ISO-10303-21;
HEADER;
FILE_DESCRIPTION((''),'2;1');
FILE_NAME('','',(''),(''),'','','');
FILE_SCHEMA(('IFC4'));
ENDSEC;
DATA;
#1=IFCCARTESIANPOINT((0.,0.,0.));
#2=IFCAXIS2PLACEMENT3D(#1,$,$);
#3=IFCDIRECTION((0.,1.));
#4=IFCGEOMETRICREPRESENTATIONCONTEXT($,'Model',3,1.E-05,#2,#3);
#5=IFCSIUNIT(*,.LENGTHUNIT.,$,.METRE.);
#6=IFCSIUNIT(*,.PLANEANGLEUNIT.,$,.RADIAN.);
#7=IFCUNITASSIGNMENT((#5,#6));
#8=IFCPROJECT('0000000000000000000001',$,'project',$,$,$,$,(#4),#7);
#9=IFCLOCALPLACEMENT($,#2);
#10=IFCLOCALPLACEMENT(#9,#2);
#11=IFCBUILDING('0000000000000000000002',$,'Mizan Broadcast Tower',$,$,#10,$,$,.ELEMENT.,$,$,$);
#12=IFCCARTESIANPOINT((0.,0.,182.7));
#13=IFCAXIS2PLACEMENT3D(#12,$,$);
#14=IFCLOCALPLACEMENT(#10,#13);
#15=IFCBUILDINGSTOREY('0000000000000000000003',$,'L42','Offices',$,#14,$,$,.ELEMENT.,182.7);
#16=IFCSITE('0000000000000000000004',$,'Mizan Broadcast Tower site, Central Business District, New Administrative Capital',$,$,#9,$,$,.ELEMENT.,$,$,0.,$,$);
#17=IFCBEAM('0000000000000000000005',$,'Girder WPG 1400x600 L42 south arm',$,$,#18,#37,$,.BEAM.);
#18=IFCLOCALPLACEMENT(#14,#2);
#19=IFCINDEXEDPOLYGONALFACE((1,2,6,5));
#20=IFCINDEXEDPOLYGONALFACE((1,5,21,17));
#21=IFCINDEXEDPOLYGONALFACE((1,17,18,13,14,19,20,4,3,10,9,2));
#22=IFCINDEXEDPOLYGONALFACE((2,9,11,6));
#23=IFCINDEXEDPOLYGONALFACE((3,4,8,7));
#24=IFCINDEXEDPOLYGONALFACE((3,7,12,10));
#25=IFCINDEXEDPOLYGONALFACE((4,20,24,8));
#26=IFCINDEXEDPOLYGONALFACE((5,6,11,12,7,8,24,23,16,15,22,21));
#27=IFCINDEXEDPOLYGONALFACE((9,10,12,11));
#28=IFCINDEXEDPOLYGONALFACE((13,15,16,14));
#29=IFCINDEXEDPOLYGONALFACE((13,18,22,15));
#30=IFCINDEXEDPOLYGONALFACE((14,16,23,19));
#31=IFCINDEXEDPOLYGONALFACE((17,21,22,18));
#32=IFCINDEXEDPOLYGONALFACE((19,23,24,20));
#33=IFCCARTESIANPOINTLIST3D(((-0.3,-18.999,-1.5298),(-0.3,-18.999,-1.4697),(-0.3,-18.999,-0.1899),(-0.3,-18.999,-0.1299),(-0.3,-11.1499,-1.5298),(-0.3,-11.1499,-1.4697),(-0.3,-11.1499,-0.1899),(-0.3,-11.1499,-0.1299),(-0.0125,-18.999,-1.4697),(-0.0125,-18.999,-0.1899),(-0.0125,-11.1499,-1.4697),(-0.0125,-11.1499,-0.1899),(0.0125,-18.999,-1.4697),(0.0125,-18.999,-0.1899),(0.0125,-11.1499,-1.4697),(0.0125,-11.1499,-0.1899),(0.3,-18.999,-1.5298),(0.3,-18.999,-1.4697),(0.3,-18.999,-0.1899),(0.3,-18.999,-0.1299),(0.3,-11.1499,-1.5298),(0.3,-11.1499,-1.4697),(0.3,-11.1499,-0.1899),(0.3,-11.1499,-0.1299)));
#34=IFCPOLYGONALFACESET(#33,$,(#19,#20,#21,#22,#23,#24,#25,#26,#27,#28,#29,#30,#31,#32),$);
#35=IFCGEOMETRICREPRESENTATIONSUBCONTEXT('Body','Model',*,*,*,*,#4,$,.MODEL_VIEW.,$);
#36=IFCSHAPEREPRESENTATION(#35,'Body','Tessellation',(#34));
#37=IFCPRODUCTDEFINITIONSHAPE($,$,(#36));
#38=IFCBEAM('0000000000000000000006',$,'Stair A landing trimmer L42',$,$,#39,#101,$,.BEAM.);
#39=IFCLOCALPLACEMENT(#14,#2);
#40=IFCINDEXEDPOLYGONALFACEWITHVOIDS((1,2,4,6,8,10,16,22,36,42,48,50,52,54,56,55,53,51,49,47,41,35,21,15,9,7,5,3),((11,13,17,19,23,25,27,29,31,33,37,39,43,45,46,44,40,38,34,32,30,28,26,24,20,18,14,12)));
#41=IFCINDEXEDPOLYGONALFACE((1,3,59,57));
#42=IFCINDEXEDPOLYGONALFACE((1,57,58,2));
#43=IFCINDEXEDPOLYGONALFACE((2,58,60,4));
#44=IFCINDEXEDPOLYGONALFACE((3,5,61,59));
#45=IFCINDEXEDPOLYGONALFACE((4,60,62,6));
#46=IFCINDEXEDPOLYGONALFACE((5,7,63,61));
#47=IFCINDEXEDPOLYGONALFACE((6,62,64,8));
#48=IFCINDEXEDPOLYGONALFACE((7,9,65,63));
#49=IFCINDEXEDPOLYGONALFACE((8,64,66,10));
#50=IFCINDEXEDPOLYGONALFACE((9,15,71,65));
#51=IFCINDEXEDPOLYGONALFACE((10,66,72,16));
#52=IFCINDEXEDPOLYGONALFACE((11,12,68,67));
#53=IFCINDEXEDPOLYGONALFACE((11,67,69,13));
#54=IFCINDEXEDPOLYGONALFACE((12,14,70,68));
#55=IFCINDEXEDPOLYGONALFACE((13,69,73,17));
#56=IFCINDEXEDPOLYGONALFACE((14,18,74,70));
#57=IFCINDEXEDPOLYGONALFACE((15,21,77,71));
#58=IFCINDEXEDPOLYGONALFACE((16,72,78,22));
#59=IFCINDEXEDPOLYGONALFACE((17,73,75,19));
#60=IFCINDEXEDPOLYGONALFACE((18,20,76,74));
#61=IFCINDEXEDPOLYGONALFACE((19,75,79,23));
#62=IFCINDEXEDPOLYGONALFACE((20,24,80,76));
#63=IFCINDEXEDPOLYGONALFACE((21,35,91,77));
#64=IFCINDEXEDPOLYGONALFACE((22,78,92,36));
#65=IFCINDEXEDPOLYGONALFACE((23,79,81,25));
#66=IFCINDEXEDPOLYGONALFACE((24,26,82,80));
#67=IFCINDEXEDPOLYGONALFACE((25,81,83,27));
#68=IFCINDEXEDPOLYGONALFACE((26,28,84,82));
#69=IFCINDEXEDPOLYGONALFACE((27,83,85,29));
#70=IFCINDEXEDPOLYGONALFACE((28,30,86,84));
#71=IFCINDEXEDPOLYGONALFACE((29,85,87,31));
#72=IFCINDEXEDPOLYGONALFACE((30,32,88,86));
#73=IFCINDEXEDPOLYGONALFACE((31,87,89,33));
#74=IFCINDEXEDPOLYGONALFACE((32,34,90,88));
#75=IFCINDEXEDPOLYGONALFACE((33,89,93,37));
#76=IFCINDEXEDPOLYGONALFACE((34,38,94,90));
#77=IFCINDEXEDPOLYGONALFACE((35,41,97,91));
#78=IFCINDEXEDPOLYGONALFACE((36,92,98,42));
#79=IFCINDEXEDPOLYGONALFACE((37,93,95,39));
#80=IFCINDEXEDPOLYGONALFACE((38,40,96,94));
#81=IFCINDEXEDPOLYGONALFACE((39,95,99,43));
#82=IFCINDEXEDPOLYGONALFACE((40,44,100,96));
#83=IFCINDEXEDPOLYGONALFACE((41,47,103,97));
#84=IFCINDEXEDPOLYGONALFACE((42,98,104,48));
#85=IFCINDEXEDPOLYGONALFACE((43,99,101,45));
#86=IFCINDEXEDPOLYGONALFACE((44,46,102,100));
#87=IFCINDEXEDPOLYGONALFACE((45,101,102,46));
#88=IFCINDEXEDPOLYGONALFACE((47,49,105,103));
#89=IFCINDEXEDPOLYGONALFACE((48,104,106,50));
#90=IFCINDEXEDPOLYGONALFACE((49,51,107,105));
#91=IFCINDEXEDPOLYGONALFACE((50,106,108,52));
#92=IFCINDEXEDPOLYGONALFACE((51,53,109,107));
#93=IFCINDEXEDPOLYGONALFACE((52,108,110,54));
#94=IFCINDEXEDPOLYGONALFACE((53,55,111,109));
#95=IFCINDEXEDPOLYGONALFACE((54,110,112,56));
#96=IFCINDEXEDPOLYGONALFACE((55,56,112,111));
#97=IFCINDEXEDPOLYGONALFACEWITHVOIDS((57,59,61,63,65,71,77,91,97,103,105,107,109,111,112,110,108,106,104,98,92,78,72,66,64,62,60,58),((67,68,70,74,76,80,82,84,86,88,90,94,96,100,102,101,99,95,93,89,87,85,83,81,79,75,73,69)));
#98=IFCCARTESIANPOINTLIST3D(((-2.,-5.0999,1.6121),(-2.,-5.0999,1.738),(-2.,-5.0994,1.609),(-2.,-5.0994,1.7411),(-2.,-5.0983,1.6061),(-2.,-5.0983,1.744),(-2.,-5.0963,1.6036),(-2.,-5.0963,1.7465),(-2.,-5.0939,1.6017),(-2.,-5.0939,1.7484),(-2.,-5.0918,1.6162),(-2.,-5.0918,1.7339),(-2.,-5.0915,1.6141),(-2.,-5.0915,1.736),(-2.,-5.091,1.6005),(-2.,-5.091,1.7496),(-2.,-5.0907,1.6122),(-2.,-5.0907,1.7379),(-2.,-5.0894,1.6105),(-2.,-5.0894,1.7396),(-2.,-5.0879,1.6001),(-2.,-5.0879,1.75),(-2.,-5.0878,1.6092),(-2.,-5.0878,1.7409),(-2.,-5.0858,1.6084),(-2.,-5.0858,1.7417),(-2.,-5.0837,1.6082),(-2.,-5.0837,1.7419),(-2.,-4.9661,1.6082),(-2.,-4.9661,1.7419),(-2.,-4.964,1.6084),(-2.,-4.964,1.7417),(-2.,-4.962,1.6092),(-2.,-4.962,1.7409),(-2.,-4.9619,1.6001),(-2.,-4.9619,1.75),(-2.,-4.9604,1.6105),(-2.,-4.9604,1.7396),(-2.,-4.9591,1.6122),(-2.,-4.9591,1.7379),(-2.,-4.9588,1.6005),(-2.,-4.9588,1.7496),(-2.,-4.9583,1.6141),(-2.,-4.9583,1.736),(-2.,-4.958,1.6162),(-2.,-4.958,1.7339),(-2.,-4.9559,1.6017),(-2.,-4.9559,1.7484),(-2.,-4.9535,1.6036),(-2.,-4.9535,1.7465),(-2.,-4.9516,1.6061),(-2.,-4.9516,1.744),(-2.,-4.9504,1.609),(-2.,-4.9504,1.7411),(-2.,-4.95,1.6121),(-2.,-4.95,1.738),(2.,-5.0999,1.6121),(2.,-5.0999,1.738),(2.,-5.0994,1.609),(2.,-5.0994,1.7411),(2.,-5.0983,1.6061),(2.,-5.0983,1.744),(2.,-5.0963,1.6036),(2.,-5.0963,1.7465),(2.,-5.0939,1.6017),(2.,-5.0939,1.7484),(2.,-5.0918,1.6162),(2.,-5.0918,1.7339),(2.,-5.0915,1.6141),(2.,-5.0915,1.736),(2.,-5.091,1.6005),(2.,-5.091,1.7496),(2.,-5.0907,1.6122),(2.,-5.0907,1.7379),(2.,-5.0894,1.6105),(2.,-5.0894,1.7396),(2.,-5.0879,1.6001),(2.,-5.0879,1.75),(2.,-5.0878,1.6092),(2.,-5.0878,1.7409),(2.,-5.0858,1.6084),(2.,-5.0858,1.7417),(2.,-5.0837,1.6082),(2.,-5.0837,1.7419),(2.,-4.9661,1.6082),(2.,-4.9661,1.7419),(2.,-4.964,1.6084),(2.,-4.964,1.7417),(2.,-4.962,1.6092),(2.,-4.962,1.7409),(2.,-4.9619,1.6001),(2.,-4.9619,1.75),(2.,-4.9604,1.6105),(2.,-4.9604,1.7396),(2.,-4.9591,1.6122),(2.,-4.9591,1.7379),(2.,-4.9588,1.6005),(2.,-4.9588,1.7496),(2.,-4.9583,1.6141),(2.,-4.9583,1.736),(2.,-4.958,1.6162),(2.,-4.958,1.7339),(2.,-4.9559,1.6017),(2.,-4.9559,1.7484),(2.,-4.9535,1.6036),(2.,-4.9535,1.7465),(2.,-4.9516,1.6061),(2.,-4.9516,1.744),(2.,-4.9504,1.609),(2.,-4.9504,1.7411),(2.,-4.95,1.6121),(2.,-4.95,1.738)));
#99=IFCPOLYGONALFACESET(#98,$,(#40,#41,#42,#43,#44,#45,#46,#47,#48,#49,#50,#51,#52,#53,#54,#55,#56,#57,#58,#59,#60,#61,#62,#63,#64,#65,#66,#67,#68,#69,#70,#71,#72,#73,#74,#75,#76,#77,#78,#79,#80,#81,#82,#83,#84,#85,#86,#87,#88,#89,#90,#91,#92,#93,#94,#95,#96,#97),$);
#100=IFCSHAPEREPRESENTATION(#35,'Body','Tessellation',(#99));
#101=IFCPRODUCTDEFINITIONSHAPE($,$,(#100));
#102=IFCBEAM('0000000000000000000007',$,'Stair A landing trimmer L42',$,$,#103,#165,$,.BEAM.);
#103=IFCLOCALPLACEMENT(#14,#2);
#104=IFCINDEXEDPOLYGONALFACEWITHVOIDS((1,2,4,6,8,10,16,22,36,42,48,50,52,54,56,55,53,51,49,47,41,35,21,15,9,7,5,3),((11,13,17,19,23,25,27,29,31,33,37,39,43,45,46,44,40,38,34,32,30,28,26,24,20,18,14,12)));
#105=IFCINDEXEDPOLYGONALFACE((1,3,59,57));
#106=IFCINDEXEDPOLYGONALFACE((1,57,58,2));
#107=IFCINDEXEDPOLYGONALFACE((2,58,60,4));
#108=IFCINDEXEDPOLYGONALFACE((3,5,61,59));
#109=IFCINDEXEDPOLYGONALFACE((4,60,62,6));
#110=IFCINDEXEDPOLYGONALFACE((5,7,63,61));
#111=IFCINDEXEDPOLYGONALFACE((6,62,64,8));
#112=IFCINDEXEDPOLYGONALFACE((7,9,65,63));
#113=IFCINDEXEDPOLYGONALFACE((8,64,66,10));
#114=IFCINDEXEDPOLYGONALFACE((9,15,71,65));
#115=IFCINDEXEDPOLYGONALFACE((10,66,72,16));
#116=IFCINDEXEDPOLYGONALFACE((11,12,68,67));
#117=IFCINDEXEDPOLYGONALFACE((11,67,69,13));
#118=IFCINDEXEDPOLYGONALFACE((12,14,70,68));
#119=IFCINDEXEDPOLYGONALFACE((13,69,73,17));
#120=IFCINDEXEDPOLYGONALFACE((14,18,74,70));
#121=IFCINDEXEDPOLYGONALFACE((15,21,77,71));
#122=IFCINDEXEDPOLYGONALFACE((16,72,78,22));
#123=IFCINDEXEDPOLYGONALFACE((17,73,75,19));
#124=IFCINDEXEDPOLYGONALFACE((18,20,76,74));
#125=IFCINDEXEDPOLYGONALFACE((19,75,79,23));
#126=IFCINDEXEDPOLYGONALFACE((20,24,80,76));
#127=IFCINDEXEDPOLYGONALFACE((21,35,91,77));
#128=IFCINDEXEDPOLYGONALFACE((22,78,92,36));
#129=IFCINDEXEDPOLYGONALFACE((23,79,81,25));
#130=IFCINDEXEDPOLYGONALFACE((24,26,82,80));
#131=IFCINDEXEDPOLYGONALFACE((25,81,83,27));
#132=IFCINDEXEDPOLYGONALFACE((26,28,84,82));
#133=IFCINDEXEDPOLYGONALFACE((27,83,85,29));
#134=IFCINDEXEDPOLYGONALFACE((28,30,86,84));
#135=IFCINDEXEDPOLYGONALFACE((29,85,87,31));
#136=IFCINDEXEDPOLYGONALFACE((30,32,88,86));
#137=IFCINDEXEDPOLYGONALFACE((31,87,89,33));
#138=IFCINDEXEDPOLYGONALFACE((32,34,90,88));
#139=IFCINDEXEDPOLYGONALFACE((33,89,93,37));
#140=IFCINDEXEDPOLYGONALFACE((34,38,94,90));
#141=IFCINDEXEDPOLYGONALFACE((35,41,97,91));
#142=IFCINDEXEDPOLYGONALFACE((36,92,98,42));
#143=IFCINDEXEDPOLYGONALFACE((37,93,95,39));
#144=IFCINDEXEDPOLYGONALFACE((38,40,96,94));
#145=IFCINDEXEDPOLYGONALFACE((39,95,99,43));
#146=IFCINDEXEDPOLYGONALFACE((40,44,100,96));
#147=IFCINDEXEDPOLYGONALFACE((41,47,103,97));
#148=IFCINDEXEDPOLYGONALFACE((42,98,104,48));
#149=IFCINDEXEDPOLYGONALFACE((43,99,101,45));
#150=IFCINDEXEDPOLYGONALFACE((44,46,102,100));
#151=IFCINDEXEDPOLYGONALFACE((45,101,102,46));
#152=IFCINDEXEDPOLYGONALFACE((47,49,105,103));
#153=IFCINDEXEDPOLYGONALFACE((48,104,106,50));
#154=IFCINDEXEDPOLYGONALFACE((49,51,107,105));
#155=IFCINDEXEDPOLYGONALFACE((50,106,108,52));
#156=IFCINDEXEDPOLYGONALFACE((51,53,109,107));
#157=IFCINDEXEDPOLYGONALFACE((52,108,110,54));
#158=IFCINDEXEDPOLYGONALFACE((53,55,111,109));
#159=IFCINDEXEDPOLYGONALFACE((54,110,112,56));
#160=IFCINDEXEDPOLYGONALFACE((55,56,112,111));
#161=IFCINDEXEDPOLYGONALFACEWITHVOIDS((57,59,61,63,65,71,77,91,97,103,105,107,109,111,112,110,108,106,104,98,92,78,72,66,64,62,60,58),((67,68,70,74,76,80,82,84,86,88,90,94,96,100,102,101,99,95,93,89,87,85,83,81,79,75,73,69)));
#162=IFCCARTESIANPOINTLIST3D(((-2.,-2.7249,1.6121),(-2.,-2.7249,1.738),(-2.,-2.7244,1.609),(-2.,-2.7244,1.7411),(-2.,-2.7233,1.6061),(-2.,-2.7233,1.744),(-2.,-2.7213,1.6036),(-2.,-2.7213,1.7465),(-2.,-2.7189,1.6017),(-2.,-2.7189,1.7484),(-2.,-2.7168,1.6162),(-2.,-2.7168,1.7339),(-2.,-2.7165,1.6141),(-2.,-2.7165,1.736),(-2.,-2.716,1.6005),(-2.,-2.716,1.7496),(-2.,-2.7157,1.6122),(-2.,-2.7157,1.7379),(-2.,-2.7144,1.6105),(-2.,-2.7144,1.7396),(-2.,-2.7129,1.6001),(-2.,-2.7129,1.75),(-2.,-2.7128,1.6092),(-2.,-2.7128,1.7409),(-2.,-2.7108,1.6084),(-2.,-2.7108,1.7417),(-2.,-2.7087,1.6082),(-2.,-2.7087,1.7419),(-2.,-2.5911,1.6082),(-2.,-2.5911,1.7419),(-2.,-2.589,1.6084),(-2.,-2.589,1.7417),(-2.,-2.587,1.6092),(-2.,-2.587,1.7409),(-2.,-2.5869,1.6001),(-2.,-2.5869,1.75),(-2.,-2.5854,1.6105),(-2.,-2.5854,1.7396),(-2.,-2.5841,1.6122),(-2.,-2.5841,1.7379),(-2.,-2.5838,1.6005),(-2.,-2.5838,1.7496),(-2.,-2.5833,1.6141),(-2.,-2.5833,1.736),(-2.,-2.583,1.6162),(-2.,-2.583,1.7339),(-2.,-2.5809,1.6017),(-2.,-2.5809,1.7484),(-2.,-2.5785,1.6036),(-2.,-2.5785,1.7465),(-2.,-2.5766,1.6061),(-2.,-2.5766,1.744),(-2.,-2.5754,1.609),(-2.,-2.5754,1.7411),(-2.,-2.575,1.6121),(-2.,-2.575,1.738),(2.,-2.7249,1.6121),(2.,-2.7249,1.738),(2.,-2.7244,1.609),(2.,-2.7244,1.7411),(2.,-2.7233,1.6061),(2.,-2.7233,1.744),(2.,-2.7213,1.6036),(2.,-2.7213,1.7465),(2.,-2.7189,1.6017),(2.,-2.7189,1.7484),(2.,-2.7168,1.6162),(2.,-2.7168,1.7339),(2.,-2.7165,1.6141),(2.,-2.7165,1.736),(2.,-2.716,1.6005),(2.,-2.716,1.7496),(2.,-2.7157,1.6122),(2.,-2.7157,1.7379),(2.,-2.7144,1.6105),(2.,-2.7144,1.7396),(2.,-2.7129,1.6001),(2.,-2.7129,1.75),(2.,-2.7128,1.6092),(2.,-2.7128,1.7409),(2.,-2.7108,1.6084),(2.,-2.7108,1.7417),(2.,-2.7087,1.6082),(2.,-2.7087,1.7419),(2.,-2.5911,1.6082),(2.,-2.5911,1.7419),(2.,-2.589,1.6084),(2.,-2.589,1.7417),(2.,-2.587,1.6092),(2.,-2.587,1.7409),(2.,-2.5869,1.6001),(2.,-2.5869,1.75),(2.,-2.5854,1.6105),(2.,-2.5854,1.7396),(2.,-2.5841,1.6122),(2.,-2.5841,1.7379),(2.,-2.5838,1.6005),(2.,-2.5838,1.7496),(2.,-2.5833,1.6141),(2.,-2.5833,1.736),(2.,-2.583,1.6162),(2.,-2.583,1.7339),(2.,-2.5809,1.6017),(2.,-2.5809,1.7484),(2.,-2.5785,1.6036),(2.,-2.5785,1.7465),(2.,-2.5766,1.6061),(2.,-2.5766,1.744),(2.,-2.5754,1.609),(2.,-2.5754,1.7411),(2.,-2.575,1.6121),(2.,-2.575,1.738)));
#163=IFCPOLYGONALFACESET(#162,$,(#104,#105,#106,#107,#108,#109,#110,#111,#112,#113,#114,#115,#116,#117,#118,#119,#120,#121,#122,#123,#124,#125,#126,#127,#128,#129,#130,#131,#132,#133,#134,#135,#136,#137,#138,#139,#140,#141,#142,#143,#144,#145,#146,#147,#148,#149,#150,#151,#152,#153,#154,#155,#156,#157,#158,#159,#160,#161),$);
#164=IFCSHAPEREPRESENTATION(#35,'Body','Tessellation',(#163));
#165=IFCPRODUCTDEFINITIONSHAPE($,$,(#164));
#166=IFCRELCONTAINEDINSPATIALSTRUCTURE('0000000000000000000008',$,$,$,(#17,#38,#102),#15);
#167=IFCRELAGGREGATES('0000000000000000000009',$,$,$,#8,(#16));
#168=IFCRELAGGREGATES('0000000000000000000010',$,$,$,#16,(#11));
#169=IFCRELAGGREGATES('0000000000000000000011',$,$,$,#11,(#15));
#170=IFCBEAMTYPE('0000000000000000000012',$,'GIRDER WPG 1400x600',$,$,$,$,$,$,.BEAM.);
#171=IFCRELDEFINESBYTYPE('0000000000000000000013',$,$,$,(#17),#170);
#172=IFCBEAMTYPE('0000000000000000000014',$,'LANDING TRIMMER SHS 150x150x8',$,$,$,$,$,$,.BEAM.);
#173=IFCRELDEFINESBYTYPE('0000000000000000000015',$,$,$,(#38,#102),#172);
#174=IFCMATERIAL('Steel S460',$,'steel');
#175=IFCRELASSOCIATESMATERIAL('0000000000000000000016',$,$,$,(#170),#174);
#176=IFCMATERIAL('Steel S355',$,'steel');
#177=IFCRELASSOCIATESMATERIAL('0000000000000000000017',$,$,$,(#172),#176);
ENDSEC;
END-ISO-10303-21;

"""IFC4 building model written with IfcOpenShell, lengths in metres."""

from ifc_helpers import new_model, si_unit, direction, frame, origin, origin_2d, place, context, subcontext, project, spatial, hollow_rectangle, i_section, extrude, material, material_profile, profile_set, type_object, element, save


model = new_model("IFC4")

# Units and contexts
model_context = context("Model", 3, precision=1e-05, world=origin(), true_north=direction((0.0, 1.0)))
body_context = subcontext(model_context, "Body", "Model", "MODEL_VIEW")
ifc_project = project(units=[si_unit("LENGTHUNIT", "METRE"), si_unit("PLANEANGLEUNIT", "RADIAN")], contexts=[model_context])

# Site, building, storey
site_placement = place(None, origin())
site = spatial("IfcSite", under=ifc_project, at=site_placement, Name="Mizan Broadcast Tower site, Central Business District, New Administrative Capital", CompositionType="ELEMENT", RefElevation=0.0)
building_placement = place(site_placement, origin())
building = spatial("IfcBuilding", under=site, at=building_placement, Name="Mizan Broadcast Tower", CompositionType="ELEMENT")
storey_placement = place(building_placement, frame((0.0, 0.0, 182.7)))
storey = spatial("IfcBuildingStorey", under=building, at=storey_placement, Name="L42", Description="Offices", CompositionType="ELEMENT", Elevation=182.7)

# Beams
ifc_material_1 = material(Name="Steel S460", Category="steel")
ifc_material_profile_1 = material_profile(ifc_material_1, i_section(OverallWidth=0.6001, OverallDepth=1.3999, WebThickness=0.0249, FlangeThickness=0.0601, at=origin_2d()), Name="WPG 1400x600")
ifc_profile_set_1 = profile_set([ifc_material_profile_1], Name="Steel S460")
beam_type_1 = type_object("IfcBeamType", Name="GIRDER WPG 1400x600", PredefinedType="BEAM", material=ifc_profile_set_1)
beam_1_placement = place(storey_placement, frame((0.0, -11.1499, -0.8298), z_axis=(0.0, -1.0, 0.0), x_axis=(1.0, 0.0, 0.0)))
element("IfcBeam", 1, at=beam_1_placement, inside=storey, type_object=beam_type_1, Name="Girder WPG 1400x600 L42 south arm", PredefinedType="BEAM", context=body_context, shape_type="SweptSolid", body=[
    extrude(i_section(OverallWidth=0.6001, OverallDepth=1.3999, WebThickness=0.0249, FlangeThickness=0.0601, at=origin_2d()), origin(), (0.0, 0.0, 1.0), 7.8491),
])
ifc_material_2 = material(Name="Steel S355", Category="steel")
ifc_material_profile_2 = material_profile(ifc_material_2, hollow_rectangle(XDim=0.1499, YDim=0.1499, WallThickness=0.0081, InnerFilletRadius=0.0081, OuterFilletRadius=0.012, at=origin_2d()), Name="SHS 150x150x8")
ifc_profile_set_2 = profile_set([ifc_material_profile_2], Name="Steel S355")
beam_type_2 = type_object("IfcBeamType", Name="LANDING TRIMMER SHS 150x150x8", PredefinedType="BEAM", material=ifc_profile_set_2)
for number, where, z_axis, x_axis, name in (
    (2, (-2.0, -5.0249, 1.675), (1.0, 0.0, 0.0), (0.0, 1.0, 0.0), "Stair A landing trimmer L42"),
    (3, (-2.0, -2.6499, 1.675), (1.0, 0.0, 0.0), (0.0, 1.0, 0.0), "Stair A landing trimmer L42"),
):
    element("IfcBeam", number, at=place(storey_placement, frame(where, z_axis=z_axis, x_axis=x_axis)), inside=storey, type_object=beam_type_2, Name=name, PredefinedType="BEAM", context=body_context, shape_type="SweptSolid", body=[
        extrude(hollow_rectangle(XDim=0.1499, YDim=0.1499, WallThickness=0.0081, InnerFilletRadius=0.0081, OuterFilletRadius=0.012, at=origin_2d()), origin(), (0.0, 0.0, 1.0), 4.0),
    ])

save(model, "model.ifc")
